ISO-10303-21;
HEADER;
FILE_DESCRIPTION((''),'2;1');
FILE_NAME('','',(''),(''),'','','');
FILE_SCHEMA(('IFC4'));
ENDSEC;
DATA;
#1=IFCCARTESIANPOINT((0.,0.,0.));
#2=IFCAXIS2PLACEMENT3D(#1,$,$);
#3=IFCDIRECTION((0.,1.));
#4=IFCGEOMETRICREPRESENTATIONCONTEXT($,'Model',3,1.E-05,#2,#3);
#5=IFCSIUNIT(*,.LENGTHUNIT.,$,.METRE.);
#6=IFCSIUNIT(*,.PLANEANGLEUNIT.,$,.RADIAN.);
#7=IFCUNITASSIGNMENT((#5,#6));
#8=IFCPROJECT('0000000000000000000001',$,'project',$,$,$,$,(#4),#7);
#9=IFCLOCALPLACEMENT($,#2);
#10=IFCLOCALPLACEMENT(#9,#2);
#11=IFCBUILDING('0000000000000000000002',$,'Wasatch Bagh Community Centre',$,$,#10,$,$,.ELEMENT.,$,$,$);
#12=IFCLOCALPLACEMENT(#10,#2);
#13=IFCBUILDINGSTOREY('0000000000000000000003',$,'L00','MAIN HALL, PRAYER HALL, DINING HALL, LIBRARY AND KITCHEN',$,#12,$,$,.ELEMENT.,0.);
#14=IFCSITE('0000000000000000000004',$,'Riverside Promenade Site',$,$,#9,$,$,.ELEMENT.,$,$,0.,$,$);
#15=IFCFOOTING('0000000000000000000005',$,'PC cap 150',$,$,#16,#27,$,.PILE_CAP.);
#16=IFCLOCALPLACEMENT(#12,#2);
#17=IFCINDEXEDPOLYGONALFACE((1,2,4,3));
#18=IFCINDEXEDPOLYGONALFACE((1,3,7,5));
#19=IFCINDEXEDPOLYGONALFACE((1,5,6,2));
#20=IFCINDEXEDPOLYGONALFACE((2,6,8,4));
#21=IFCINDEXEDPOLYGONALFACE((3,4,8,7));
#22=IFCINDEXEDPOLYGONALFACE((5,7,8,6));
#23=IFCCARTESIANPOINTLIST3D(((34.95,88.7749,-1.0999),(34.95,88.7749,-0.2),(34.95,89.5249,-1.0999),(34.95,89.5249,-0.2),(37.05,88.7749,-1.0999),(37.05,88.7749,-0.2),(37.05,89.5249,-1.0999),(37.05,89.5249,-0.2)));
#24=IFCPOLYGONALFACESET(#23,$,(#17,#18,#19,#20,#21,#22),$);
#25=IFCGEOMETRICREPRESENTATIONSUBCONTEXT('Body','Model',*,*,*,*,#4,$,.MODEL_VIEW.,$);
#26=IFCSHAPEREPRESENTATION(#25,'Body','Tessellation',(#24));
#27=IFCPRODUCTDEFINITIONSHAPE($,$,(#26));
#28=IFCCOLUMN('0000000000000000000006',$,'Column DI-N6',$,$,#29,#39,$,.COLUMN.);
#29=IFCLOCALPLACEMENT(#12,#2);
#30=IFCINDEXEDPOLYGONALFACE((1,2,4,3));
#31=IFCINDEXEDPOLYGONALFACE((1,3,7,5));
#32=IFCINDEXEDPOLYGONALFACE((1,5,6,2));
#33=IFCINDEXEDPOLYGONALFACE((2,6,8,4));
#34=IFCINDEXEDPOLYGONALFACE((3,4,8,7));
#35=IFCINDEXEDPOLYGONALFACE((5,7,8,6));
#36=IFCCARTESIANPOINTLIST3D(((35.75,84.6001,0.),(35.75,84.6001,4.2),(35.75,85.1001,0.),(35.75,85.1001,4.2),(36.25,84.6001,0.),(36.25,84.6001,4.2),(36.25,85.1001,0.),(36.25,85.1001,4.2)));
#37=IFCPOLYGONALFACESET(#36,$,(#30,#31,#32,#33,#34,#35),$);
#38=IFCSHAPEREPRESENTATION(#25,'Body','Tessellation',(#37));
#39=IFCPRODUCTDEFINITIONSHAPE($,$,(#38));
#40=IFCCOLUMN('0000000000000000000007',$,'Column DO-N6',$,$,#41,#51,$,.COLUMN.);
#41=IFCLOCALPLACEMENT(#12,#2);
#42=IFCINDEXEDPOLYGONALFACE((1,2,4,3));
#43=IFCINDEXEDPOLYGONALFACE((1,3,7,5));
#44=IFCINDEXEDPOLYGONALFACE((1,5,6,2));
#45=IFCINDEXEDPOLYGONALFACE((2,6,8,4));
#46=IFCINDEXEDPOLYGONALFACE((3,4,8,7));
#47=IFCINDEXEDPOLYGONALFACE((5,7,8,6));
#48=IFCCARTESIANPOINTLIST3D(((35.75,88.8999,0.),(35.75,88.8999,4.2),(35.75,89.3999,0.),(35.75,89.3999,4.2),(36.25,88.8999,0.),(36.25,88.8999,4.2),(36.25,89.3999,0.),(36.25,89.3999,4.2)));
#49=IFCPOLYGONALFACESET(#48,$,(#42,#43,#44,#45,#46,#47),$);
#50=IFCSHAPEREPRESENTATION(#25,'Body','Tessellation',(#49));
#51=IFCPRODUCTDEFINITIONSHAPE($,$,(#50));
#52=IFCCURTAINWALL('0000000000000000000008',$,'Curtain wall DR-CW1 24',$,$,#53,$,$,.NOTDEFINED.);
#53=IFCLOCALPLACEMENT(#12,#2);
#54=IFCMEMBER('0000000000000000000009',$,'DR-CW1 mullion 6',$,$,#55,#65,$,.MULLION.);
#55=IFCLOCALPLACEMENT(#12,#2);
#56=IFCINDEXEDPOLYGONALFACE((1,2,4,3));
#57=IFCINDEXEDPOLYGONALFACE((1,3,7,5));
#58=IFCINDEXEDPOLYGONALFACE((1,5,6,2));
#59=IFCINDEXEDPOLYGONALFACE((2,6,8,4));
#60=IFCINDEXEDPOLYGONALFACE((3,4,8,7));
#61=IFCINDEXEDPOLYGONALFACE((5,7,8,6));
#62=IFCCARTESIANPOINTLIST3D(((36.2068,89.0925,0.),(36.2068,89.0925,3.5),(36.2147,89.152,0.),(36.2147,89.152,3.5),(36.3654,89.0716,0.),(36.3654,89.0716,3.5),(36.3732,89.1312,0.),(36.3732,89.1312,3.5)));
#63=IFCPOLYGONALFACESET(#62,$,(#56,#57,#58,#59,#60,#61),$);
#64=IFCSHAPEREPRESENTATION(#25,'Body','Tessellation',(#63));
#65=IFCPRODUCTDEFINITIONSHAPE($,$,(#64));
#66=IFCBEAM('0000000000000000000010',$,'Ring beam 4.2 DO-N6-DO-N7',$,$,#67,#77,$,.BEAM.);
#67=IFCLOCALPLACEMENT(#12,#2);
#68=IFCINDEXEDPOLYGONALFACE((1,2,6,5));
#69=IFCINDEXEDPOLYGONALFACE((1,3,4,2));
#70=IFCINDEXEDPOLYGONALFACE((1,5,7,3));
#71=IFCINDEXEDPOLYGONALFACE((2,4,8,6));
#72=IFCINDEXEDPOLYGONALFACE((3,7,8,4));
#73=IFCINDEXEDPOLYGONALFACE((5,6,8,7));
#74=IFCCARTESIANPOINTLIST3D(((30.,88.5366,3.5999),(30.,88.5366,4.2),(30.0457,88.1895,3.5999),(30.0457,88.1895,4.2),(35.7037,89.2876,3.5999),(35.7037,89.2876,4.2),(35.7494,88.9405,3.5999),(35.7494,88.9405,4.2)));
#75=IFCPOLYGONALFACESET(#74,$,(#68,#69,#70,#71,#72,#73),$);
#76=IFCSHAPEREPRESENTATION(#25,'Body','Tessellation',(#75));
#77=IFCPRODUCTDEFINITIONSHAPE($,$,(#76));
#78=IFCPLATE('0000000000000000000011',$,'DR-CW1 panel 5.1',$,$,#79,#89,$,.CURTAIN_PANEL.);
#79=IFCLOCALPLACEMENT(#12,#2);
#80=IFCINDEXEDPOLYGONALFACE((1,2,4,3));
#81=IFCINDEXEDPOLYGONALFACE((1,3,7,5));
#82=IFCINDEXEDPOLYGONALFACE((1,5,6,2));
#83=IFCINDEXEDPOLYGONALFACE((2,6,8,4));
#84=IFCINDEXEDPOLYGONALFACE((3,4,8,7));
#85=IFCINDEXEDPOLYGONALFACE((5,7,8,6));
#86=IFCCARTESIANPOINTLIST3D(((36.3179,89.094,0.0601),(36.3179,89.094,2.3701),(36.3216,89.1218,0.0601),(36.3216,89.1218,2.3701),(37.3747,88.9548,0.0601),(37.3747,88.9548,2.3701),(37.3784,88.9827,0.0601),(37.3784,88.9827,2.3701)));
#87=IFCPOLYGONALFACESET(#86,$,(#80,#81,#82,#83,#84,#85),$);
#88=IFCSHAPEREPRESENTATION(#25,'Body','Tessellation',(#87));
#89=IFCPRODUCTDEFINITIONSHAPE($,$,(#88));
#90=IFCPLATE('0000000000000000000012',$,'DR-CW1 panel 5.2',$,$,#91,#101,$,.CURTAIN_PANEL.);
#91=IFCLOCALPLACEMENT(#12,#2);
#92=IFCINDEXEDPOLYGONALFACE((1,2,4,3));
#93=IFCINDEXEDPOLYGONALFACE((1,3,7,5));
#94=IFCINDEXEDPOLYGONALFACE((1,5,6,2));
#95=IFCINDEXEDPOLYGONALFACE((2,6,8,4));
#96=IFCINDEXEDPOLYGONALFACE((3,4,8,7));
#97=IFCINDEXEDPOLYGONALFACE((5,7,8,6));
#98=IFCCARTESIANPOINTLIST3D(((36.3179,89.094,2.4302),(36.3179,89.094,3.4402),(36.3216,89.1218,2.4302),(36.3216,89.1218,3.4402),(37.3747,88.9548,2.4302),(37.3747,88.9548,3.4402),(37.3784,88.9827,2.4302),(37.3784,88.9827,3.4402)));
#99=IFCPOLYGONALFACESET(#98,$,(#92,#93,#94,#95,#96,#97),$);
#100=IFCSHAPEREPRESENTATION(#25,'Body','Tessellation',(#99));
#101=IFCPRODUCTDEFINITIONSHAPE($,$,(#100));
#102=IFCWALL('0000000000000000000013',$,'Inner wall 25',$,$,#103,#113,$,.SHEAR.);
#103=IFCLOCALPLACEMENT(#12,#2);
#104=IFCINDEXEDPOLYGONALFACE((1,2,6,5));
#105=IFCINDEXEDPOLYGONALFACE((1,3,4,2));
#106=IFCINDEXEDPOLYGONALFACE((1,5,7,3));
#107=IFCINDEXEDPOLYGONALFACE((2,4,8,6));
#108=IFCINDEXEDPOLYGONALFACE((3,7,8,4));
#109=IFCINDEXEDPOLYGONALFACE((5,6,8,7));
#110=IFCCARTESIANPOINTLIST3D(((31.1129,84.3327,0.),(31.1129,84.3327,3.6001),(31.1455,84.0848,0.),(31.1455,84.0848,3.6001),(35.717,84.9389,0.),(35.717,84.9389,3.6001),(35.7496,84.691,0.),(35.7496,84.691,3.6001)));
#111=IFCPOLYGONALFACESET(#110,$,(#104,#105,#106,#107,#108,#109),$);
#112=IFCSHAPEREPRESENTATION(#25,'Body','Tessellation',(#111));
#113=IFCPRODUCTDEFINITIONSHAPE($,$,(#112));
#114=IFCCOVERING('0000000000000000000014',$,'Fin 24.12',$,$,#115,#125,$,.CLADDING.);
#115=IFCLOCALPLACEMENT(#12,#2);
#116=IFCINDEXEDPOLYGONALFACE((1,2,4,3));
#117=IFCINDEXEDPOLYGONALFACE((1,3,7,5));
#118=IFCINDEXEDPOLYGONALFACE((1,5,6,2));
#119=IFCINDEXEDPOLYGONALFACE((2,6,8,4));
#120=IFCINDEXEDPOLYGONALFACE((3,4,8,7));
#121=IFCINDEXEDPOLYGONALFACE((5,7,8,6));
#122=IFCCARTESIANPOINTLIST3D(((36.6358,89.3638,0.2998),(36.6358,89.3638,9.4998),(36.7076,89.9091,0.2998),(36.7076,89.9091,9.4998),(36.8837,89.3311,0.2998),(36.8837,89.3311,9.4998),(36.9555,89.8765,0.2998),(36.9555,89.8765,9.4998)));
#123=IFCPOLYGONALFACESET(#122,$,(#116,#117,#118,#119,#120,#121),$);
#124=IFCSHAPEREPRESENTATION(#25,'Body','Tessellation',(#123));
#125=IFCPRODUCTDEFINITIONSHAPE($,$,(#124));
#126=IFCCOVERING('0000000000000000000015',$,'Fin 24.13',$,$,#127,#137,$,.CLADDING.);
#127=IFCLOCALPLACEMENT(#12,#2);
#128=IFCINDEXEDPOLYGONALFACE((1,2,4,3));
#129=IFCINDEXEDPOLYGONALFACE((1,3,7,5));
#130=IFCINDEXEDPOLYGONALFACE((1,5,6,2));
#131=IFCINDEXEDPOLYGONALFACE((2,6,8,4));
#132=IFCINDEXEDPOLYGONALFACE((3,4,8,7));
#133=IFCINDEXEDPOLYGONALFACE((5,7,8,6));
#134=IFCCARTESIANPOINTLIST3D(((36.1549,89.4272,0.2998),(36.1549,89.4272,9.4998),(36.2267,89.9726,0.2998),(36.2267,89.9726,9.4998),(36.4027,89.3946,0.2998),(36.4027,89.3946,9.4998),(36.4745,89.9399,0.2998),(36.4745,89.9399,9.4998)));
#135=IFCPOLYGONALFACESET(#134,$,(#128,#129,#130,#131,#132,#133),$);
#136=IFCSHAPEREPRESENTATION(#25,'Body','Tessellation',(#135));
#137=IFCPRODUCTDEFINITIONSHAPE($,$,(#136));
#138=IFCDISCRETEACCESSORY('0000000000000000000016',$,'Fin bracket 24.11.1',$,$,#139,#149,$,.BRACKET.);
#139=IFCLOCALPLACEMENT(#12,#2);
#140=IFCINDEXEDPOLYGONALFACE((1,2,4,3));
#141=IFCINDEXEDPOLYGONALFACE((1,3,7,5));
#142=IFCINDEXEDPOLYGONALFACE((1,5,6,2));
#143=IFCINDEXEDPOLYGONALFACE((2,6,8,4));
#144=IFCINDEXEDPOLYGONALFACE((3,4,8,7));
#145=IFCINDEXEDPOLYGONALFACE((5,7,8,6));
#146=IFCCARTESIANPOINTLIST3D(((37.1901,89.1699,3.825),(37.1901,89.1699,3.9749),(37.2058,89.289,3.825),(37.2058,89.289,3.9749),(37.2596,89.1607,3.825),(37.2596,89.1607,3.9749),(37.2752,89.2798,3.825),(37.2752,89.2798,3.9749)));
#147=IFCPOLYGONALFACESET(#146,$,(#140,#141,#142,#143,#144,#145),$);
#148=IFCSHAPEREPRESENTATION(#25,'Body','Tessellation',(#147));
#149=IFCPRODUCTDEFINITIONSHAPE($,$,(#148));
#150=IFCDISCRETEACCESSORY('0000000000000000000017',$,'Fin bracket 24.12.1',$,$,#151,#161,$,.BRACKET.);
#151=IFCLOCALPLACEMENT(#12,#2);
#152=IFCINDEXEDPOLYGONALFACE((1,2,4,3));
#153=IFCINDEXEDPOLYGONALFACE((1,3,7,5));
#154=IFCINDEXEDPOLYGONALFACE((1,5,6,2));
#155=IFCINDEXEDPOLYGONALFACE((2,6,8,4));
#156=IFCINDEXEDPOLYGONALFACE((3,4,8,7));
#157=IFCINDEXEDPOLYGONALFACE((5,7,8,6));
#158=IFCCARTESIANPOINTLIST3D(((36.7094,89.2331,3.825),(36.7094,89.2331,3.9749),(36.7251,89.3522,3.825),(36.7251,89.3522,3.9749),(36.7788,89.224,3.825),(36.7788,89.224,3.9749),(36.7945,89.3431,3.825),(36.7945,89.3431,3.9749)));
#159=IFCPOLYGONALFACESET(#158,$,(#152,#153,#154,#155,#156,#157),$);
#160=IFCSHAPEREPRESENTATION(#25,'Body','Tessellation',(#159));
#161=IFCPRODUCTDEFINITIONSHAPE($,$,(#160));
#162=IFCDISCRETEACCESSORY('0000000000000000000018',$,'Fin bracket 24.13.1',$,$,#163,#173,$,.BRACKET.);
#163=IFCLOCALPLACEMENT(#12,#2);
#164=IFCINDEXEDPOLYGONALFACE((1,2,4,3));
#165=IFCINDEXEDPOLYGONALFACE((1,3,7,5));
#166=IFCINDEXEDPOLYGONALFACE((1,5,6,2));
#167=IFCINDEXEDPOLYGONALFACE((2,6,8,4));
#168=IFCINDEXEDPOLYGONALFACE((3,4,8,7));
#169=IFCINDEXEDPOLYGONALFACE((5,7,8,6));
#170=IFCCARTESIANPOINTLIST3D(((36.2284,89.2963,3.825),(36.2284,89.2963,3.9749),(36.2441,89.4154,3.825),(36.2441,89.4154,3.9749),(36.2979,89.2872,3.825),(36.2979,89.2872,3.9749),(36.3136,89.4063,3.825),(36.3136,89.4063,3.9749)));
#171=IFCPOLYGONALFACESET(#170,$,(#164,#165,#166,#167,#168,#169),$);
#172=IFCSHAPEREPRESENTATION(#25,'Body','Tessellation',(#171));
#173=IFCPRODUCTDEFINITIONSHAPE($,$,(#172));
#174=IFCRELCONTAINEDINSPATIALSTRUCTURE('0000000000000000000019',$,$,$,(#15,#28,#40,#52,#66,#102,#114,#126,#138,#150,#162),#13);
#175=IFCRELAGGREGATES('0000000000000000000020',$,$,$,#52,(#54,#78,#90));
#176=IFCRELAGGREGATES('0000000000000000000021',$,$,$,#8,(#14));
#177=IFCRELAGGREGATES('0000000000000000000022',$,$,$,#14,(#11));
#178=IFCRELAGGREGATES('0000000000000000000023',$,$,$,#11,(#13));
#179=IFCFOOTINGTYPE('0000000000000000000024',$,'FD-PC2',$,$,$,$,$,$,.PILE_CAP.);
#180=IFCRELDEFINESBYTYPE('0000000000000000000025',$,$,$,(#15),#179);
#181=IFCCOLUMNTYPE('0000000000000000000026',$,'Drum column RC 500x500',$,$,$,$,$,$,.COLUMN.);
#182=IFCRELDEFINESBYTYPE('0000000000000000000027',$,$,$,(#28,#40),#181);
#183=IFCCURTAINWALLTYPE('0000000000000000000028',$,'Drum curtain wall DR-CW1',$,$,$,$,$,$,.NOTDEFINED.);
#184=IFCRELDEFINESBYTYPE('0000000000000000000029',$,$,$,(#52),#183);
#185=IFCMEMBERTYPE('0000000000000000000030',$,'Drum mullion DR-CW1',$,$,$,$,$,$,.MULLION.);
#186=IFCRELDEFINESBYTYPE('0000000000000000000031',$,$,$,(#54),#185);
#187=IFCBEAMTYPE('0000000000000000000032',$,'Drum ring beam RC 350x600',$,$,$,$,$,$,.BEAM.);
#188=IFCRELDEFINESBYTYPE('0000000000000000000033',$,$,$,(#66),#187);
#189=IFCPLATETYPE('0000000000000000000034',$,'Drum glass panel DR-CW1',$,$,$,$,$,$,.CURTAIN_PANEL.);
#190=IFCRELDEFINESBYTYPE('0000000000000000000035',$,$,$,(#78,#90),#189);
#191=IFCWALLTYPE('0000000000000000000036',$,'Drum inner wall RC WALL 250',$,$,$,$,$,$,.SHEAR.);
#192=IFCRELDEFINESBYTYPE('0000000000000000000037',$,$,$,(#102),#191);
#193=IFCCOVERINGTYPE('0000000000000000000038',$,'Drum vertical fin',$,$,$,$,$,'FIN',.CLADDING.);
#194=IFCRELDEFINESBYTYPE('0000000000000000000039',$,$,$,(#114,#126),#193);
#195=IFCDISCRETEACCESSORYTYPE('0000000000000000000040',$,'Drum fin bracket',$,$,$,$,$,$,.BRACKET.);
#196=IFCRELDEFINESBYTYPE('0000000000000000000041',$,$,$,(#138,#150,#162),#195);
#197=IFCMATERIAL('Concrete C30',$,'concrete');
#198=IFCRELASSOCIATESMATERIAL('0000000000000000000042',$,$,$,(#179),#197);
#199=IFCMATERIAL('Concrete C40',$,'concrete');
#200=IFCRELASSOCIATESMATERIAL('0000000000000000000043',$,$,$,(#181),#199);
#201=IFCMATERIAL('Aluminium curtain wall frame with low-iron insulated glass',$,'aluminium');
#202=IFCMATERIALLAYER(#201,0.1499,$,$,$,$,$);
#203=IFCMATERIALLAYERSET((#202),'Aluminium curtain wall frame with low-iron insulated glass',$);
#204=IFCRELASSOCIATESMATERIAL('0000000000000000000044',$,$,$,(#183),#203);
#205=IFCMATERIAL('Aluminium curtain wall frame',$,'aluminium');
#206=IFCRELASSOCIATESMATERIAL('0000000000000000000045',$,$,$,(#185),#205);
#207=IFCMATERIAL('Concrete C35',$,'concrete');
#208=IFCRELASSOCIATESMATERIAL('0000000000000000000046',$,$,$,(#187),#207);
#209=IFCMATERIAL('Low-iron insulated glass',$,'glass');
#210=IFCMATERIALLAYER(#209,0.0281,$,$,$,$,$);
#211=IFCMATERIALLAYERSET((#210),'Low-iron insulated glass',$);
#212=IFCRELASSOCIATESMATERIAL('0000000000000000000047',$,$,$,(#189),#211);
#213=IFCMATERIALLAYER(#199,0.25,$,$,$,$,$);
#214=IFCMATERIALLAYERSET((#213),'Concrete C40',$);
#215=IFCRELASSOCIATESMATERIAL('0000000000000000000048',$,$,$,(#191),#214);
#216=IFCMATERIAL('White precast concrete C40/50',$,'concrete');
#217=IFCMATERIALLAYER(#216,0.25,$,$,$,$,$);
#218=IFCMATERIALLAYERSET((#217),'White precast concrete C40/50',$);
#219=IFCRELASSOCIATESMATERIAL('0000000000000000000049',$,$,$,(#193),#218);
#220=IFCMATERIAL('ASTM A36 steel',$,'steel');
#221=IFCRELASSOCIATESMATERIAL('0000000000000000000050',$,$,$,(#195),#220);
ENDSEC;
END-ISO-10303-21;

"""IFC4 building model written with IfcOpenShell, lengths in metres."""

from ifc_helpers import new_model, si_unit, direction, frame, frame_2d, origin, origin_2d, place, context, subcontext, project, spatial, rectangle, extrude, material, layer, layer_set, material_profile, profile_set, type_object, element, aggregate, save


model = new_model("IFC4")

# Units and contexts
model_context = context("Model", 3, precision=1e-05, world=origin(), true_north=direction((0.0, 1.0)))
body_context = subcontext(model_context, "Body", "Model", "MODEL_VIEW")
ifc_project = project(units=[si_unit("LENGTHUNIT", "METRE"), si_unit("PLANEANGLEUNIT", "RADIAN")], contexts=[model_context])

# Site, building, storey
site_placement = place(None, origin())
site = spatial("IfcSite", under=ifc_project, at=site_placement, Name="Riverside Promenade Site", CompositionType="ELEMENT", RefElevation=0.0)
building_placement = place(site_placement, origin())
building = spatial("IfcBuilding", under=site, at=building_placement, Name="Wasatch Bagh Community Centre", CompositionType="ELEMENT")
storey_placement = place(building_placement, origin())
storey = spatial("IfcBuildingStorey", under=building, at=storey_placement, Name="L00", Description="MAIN HALL, PRAYER HALL, DINING HALL, LIBRARY AND KITCHEN", CompositionType="ELEMENT", Elevation=0.0)

# Shared definitions
ifc_material_1 = material(Name="Concrete C35", Category="concrete")

# Shared definitions
ifc_material_2 = material(Name="Concrete C30", Category="concrete")

# Footing
footing_type_1 = type_object("IfcFootingType", Name="FD-PC2", PredefinedType="PILE_CAP", material=ifc_material_2)
for number, where, z_axis, x_axis, name in (
    (1, (36.0, 89.1499, -1.0999), (0.0, 0.0, 1.0), (-1.0, 0.0, 0.0), "PC cap 150"),
):
    element("IfcFooting", number, at=place(storey_placement, frame(where, z_axis=z_axis, x_axis=x_axis)), inside=storey, type_object=footing_type_1, Name=name, PredefinedType="PILE_CAP", context=body_context, shape_type="SweptSolid", body=[
        extrude(rectangle(XDim=2.1001, YDim=0.75, at=origin_2d()), origin(), (0.0, 0.0, 1.0), 0.8999),
    ])

# Columns
ifc_material_3 = material(Name="Concrete C40", Category="concrete")
ifc_material_profile_1 = material_profile(ifc_material_3, rectangle(XDim=0.5, YDim=0.5, at=origin_2d()), Name="RC 500x500")
ifc_profile_set_1 = profile_set([ifc_material_profile_1], Name="Concrete C40")
column_type = type_object("IfcColumnType", Name="Drum column RC 500x500", PredefinedType="COLUMN", material=ifc_profile_set_1)
for number, where, z_axis, x_axis, name in (
    (2, (36.0, 84.8501, 0.0), (0.0, 0.0, 1.0), (1.0, 0.0, 0.0), "Column DI-N6"),
    (3, (36.0, 89.1499, 0.0), (0.0, 0.0, 1.0), (1.0, 0.0, 0.0), "Column DO-N6"),
):
    element("IfcColumn", number, at=place(storey_placement, frame(where, z_axis=z_axis, x_axis=x_axis)), inside=storey, type_object=column_type, Name=name, PredefinedType="COLUMN", context=body_context, shape_type="SweptSolid", body=[
        extrude(rectangle(XDim=0.5, YDim=0.5, at=origin_2d()), origin(), (0.0, 0.0, 1.0), 4.2),
    ])

# Curtain wall, member
ifc_material_4 = material(Name="Aluminium curtain wall frame with low-iron insulated glass", Category="aluminium")
ifc_layer_1 = layer(ifc_material_4, 0.1499)
ifc_layer_set_1 = layer_set([ifc_layer_1], Name="Aluminium curtain wall frame with low-iron insulated glass")
curtain_wall_type = type_object("IfcCurtainWallType", Name="Drum curtain wall DR-CW1", PredefinedType="NOTDEFINED", material=ifc_layer_set_1)
curtain_wall_placement = place(storey_placement, origin())
curtain_wall = element("IfcCurtainWall", 4, at=curtain_wall_placement, inside=storey, type_object=curtain_wall_type, Name="Curtain wall DR-CW1 24", PredefinedType="NOTDEFINED")
ifc_material_5 = material(Name="Aluminium curtain wall frame", Category="aluminium")
ifc_material_profile_2 = material_profile(ifc_material_5, rectangle(XDim=0.0601, YDim=0.1599, at=origin_2d()), Name="Drum mullion DR-CW1")
ifc_profile_set_2 = profile_set([ifc_material_profile_2], Name="Aluminium curtain wall frame")
member_type = type_object("IfcMemberType", Name="Drum mullion DR-CW1", PredefinedType="MULLION", material=ifc_profile_set_2)
member_placement = place(storey_placement, frame((36.29, 89.1118, 0.0), z_axis=(0.0, 0.0, 1.0), x_axis=(-0.130526, -0.991445, 0.0)))
member = element("IfcMember", 5, at=member_placement, type_object=member_type, Name="DR-CW1 mullion 6", PredefinedType="MULLION", context=body_context, shape_type="SweptSolid", body=[
    extrude(rectangle(XDim=0.0601, YDim=0.1599, at=origin_2d()), origin(), (0.0, 0.0, 1.0), 3.5),
])

# Beam
ifc_material_profile_3 = material_profile(ifc_material_1, rectangle(XDim=0.3501, YDim=0.6001, at=origin_2d()), Name="RC 350x600")
ifc_profile_set_3 = profile_set([ifc_material_profile_3], Name="Concrete C35")
beam_type = type_object("IfcBeamType", Name="Drum ring beam RC 350x600", PredefinedType="BEAM", material=ifc_profile_set_3)
beam_placement = place(storey_placement, frame((35.7266, 89.114, 3.8999), z_axis=(-0.991443, -0.13054, 0.0), x_axis=(0.13054, -0.991443, 0.0)))
element("IfcBeam", 6, at=beam_placement, inside=storey, type_object=beam_type, Name="Ring beam 4.2 DO-N6-DO-N7", PredefinedType="BEAM", context=body_context, shape_type="SweptSolid", body=[
    extrude(rectangle(XDim=0.3501, YDim=0.6001, at=origin_2d()), origin(), (0.0, 0.0, 1.0), 5.7529),
])

# Plates
ifc_material_6 = material(Name="Low-iron insulated glass", Category="glass")
ifc_layer_2 = layer(ifc_material_6, 0.0281)
ifc_layer_set_2 = layer_set([ifc_layer_2], Name="Low-iron insulated glass")
plate_type = type_object("IfcPlateType", Name="Drum glass panel DR-CW1", PredefinedType="CURTAIN_PANEL", material=ifc_layer_set_2)
plate_1_placement = place(storey_placement, frame((36.8481, 89.0383, 0.0601), z_axis=(0.0, 0.0, 1.0), x_axis=(-0.991445, 0.130526, 0.0)))
plate_1 = element("IfcPlate", 7, at=plate_1_placement, type_object=plate_type, Name="DR-CW1 panel 5.1", PredefinedType="CURTAIN_PANEL", context=body_context, shape_type="SweptSolid", body=[
    extrude(rectangle(XDim=1.0659, YDim=0.0281, at=origin_2d()), origin(), (0.0, 0.0, 1.0), 2.3101),
])
plate_2_placement = place(storey_placement, frame((36.8481, 89.0383, 2.4302), z_axis=(0.0, 0.0, 1.0), x_axis=(-0.991445, 0.130526, 0.0)))
plate_2 = element("IfcPlate", 8, at=plate_2_placement, type_object=plate_type, Name="DR-CW1 panel 5.2", PredefinedType="CURTAIN_PANEL", context=body_context, shape_type="SweptSolid", body=[
    extrude(rectangle(XDim=1.0659, YDim=0.0281, at=origin_2d()), origin(), (0.0, 0.0, 1.0), 1.01),
])
aggregate(curtain_wall, [member, plate_1, plate_2])

# Wall
ifc_layer_3 = layer(ifc_material_3, 0.25)
ifc_layer_set_3 = layer_set([ifc_layer_3], Name="Concrete C40")
wall_type_1 = type_object("IfcWallType", Name="Drum inner wall RC WALL 250", PredefinedType="SHEAR", material=ifc_layer_set_3)
wall_1_placement = place(storey_placement, frame((35.7332, 84.8149, 0.0), z_axis=(0.0, 0.0, 1.0), x_axis=(-0.991443, -0.130542, 0.0)))
element("IfcWall", 9, at=wall_1_placement, inside=storey, type_object=wall_type_1, Name="Inner wall 25", PredefinedType="SHEAR", context=body_context, shape_type="SweptSolid", body=[
    extrude(rectangle(XDim=4.6438, YDim=0.25, at=frame_2d((2.3218, 0.0))), origin(), (0.0, 0.0, 1.0), 3.6001),
])

# Coverings
ifc_material_7 = material(Name="White precast concrete C40/50", Category="concrete")
ifc_layer_4 = layer(ifc_material_7, 0.25)
ifc_layer_set_4 = layer_set([ifc_layer_4], Name="White precast concrete C40/50")
covering_type = type_object("IfcCoveringType", Name="Drum vertical fin", ElementType="FIN", PredefinedType="CLADDING", material=ifc_layer_set_4)
for number, where, z_axis, x_axis, name in (
    (10, (36.7957, 89.6201, 0.2998), (0.0, 0.0, 1.0), (-0.991445, 0.130526, 0.0), "Fin 24.12"),
    (11, (36.3147, 89.6836, 0.2998), (0.0, 0.0, 1.0), (-0.991445, 0.130526, 0.0), "Fin 24.13"),
):
    element("IfcCovering", number, at=place(storey_placement, frame(where, z_axis=z_axis, x_axis=x_axis)), inside=storey, type_object=covering_type, Name=name, PredefinedType="CLADDING", context=body_context, shape_type="SweptSolid", body=[
        extrude(rectangle(XDim=0.25, YDim=0.55, at=origin_2d()), origin(), (0.0, 0.0, 1.0), 9.2),
    ])

# Discrete accessories
ifc_material_8 = material(Name="ASTM A36 steel", Category="steel")
discrete_accessory_type = type_object("IfcDiscreteAccessoryType", Name="Drum fin bracket", PredefinedType="BRACKET", material=ifc_material_8)
for number, where, z_axis, x_axis, name in (
    (12, (37.2327, 89.2249, 3.825), (0.0, 0.0, 1.0), (-0.991445, 0.130526, 0.0), "Fin bracket 24.11.1"),
    (13, (36.752, 89.2881, 3.825), (0.0, 0.0, 1.0), (-0.991445, 0.130526, 0.0), "Fin bracket 24.12.1"),
    (14, (36.271, 89.3513, 3.825), (0.0, 0.0, 1.0), (-0.991445, 0.130526, 0.0), "Fin bracket 24.13.1"),
):
    element("IfcDiscreteAccessory", number, at=place(storey_placement, frame(where, z_axis=z_axis, x_axis=x_axis)), inside=storey, type_object=discrete_accessory_type, Name=name, PredefinedType="BRACKET", context=body_context, shape_type="SweptSolid", body=[
        extrude(rectangle(XDim=0.0701, YDim=0.1201, at=origin_2d()), origin(), (0.0, 0.0, 1.0), 0.1499),
    ])

save(model, "model.ifc")
